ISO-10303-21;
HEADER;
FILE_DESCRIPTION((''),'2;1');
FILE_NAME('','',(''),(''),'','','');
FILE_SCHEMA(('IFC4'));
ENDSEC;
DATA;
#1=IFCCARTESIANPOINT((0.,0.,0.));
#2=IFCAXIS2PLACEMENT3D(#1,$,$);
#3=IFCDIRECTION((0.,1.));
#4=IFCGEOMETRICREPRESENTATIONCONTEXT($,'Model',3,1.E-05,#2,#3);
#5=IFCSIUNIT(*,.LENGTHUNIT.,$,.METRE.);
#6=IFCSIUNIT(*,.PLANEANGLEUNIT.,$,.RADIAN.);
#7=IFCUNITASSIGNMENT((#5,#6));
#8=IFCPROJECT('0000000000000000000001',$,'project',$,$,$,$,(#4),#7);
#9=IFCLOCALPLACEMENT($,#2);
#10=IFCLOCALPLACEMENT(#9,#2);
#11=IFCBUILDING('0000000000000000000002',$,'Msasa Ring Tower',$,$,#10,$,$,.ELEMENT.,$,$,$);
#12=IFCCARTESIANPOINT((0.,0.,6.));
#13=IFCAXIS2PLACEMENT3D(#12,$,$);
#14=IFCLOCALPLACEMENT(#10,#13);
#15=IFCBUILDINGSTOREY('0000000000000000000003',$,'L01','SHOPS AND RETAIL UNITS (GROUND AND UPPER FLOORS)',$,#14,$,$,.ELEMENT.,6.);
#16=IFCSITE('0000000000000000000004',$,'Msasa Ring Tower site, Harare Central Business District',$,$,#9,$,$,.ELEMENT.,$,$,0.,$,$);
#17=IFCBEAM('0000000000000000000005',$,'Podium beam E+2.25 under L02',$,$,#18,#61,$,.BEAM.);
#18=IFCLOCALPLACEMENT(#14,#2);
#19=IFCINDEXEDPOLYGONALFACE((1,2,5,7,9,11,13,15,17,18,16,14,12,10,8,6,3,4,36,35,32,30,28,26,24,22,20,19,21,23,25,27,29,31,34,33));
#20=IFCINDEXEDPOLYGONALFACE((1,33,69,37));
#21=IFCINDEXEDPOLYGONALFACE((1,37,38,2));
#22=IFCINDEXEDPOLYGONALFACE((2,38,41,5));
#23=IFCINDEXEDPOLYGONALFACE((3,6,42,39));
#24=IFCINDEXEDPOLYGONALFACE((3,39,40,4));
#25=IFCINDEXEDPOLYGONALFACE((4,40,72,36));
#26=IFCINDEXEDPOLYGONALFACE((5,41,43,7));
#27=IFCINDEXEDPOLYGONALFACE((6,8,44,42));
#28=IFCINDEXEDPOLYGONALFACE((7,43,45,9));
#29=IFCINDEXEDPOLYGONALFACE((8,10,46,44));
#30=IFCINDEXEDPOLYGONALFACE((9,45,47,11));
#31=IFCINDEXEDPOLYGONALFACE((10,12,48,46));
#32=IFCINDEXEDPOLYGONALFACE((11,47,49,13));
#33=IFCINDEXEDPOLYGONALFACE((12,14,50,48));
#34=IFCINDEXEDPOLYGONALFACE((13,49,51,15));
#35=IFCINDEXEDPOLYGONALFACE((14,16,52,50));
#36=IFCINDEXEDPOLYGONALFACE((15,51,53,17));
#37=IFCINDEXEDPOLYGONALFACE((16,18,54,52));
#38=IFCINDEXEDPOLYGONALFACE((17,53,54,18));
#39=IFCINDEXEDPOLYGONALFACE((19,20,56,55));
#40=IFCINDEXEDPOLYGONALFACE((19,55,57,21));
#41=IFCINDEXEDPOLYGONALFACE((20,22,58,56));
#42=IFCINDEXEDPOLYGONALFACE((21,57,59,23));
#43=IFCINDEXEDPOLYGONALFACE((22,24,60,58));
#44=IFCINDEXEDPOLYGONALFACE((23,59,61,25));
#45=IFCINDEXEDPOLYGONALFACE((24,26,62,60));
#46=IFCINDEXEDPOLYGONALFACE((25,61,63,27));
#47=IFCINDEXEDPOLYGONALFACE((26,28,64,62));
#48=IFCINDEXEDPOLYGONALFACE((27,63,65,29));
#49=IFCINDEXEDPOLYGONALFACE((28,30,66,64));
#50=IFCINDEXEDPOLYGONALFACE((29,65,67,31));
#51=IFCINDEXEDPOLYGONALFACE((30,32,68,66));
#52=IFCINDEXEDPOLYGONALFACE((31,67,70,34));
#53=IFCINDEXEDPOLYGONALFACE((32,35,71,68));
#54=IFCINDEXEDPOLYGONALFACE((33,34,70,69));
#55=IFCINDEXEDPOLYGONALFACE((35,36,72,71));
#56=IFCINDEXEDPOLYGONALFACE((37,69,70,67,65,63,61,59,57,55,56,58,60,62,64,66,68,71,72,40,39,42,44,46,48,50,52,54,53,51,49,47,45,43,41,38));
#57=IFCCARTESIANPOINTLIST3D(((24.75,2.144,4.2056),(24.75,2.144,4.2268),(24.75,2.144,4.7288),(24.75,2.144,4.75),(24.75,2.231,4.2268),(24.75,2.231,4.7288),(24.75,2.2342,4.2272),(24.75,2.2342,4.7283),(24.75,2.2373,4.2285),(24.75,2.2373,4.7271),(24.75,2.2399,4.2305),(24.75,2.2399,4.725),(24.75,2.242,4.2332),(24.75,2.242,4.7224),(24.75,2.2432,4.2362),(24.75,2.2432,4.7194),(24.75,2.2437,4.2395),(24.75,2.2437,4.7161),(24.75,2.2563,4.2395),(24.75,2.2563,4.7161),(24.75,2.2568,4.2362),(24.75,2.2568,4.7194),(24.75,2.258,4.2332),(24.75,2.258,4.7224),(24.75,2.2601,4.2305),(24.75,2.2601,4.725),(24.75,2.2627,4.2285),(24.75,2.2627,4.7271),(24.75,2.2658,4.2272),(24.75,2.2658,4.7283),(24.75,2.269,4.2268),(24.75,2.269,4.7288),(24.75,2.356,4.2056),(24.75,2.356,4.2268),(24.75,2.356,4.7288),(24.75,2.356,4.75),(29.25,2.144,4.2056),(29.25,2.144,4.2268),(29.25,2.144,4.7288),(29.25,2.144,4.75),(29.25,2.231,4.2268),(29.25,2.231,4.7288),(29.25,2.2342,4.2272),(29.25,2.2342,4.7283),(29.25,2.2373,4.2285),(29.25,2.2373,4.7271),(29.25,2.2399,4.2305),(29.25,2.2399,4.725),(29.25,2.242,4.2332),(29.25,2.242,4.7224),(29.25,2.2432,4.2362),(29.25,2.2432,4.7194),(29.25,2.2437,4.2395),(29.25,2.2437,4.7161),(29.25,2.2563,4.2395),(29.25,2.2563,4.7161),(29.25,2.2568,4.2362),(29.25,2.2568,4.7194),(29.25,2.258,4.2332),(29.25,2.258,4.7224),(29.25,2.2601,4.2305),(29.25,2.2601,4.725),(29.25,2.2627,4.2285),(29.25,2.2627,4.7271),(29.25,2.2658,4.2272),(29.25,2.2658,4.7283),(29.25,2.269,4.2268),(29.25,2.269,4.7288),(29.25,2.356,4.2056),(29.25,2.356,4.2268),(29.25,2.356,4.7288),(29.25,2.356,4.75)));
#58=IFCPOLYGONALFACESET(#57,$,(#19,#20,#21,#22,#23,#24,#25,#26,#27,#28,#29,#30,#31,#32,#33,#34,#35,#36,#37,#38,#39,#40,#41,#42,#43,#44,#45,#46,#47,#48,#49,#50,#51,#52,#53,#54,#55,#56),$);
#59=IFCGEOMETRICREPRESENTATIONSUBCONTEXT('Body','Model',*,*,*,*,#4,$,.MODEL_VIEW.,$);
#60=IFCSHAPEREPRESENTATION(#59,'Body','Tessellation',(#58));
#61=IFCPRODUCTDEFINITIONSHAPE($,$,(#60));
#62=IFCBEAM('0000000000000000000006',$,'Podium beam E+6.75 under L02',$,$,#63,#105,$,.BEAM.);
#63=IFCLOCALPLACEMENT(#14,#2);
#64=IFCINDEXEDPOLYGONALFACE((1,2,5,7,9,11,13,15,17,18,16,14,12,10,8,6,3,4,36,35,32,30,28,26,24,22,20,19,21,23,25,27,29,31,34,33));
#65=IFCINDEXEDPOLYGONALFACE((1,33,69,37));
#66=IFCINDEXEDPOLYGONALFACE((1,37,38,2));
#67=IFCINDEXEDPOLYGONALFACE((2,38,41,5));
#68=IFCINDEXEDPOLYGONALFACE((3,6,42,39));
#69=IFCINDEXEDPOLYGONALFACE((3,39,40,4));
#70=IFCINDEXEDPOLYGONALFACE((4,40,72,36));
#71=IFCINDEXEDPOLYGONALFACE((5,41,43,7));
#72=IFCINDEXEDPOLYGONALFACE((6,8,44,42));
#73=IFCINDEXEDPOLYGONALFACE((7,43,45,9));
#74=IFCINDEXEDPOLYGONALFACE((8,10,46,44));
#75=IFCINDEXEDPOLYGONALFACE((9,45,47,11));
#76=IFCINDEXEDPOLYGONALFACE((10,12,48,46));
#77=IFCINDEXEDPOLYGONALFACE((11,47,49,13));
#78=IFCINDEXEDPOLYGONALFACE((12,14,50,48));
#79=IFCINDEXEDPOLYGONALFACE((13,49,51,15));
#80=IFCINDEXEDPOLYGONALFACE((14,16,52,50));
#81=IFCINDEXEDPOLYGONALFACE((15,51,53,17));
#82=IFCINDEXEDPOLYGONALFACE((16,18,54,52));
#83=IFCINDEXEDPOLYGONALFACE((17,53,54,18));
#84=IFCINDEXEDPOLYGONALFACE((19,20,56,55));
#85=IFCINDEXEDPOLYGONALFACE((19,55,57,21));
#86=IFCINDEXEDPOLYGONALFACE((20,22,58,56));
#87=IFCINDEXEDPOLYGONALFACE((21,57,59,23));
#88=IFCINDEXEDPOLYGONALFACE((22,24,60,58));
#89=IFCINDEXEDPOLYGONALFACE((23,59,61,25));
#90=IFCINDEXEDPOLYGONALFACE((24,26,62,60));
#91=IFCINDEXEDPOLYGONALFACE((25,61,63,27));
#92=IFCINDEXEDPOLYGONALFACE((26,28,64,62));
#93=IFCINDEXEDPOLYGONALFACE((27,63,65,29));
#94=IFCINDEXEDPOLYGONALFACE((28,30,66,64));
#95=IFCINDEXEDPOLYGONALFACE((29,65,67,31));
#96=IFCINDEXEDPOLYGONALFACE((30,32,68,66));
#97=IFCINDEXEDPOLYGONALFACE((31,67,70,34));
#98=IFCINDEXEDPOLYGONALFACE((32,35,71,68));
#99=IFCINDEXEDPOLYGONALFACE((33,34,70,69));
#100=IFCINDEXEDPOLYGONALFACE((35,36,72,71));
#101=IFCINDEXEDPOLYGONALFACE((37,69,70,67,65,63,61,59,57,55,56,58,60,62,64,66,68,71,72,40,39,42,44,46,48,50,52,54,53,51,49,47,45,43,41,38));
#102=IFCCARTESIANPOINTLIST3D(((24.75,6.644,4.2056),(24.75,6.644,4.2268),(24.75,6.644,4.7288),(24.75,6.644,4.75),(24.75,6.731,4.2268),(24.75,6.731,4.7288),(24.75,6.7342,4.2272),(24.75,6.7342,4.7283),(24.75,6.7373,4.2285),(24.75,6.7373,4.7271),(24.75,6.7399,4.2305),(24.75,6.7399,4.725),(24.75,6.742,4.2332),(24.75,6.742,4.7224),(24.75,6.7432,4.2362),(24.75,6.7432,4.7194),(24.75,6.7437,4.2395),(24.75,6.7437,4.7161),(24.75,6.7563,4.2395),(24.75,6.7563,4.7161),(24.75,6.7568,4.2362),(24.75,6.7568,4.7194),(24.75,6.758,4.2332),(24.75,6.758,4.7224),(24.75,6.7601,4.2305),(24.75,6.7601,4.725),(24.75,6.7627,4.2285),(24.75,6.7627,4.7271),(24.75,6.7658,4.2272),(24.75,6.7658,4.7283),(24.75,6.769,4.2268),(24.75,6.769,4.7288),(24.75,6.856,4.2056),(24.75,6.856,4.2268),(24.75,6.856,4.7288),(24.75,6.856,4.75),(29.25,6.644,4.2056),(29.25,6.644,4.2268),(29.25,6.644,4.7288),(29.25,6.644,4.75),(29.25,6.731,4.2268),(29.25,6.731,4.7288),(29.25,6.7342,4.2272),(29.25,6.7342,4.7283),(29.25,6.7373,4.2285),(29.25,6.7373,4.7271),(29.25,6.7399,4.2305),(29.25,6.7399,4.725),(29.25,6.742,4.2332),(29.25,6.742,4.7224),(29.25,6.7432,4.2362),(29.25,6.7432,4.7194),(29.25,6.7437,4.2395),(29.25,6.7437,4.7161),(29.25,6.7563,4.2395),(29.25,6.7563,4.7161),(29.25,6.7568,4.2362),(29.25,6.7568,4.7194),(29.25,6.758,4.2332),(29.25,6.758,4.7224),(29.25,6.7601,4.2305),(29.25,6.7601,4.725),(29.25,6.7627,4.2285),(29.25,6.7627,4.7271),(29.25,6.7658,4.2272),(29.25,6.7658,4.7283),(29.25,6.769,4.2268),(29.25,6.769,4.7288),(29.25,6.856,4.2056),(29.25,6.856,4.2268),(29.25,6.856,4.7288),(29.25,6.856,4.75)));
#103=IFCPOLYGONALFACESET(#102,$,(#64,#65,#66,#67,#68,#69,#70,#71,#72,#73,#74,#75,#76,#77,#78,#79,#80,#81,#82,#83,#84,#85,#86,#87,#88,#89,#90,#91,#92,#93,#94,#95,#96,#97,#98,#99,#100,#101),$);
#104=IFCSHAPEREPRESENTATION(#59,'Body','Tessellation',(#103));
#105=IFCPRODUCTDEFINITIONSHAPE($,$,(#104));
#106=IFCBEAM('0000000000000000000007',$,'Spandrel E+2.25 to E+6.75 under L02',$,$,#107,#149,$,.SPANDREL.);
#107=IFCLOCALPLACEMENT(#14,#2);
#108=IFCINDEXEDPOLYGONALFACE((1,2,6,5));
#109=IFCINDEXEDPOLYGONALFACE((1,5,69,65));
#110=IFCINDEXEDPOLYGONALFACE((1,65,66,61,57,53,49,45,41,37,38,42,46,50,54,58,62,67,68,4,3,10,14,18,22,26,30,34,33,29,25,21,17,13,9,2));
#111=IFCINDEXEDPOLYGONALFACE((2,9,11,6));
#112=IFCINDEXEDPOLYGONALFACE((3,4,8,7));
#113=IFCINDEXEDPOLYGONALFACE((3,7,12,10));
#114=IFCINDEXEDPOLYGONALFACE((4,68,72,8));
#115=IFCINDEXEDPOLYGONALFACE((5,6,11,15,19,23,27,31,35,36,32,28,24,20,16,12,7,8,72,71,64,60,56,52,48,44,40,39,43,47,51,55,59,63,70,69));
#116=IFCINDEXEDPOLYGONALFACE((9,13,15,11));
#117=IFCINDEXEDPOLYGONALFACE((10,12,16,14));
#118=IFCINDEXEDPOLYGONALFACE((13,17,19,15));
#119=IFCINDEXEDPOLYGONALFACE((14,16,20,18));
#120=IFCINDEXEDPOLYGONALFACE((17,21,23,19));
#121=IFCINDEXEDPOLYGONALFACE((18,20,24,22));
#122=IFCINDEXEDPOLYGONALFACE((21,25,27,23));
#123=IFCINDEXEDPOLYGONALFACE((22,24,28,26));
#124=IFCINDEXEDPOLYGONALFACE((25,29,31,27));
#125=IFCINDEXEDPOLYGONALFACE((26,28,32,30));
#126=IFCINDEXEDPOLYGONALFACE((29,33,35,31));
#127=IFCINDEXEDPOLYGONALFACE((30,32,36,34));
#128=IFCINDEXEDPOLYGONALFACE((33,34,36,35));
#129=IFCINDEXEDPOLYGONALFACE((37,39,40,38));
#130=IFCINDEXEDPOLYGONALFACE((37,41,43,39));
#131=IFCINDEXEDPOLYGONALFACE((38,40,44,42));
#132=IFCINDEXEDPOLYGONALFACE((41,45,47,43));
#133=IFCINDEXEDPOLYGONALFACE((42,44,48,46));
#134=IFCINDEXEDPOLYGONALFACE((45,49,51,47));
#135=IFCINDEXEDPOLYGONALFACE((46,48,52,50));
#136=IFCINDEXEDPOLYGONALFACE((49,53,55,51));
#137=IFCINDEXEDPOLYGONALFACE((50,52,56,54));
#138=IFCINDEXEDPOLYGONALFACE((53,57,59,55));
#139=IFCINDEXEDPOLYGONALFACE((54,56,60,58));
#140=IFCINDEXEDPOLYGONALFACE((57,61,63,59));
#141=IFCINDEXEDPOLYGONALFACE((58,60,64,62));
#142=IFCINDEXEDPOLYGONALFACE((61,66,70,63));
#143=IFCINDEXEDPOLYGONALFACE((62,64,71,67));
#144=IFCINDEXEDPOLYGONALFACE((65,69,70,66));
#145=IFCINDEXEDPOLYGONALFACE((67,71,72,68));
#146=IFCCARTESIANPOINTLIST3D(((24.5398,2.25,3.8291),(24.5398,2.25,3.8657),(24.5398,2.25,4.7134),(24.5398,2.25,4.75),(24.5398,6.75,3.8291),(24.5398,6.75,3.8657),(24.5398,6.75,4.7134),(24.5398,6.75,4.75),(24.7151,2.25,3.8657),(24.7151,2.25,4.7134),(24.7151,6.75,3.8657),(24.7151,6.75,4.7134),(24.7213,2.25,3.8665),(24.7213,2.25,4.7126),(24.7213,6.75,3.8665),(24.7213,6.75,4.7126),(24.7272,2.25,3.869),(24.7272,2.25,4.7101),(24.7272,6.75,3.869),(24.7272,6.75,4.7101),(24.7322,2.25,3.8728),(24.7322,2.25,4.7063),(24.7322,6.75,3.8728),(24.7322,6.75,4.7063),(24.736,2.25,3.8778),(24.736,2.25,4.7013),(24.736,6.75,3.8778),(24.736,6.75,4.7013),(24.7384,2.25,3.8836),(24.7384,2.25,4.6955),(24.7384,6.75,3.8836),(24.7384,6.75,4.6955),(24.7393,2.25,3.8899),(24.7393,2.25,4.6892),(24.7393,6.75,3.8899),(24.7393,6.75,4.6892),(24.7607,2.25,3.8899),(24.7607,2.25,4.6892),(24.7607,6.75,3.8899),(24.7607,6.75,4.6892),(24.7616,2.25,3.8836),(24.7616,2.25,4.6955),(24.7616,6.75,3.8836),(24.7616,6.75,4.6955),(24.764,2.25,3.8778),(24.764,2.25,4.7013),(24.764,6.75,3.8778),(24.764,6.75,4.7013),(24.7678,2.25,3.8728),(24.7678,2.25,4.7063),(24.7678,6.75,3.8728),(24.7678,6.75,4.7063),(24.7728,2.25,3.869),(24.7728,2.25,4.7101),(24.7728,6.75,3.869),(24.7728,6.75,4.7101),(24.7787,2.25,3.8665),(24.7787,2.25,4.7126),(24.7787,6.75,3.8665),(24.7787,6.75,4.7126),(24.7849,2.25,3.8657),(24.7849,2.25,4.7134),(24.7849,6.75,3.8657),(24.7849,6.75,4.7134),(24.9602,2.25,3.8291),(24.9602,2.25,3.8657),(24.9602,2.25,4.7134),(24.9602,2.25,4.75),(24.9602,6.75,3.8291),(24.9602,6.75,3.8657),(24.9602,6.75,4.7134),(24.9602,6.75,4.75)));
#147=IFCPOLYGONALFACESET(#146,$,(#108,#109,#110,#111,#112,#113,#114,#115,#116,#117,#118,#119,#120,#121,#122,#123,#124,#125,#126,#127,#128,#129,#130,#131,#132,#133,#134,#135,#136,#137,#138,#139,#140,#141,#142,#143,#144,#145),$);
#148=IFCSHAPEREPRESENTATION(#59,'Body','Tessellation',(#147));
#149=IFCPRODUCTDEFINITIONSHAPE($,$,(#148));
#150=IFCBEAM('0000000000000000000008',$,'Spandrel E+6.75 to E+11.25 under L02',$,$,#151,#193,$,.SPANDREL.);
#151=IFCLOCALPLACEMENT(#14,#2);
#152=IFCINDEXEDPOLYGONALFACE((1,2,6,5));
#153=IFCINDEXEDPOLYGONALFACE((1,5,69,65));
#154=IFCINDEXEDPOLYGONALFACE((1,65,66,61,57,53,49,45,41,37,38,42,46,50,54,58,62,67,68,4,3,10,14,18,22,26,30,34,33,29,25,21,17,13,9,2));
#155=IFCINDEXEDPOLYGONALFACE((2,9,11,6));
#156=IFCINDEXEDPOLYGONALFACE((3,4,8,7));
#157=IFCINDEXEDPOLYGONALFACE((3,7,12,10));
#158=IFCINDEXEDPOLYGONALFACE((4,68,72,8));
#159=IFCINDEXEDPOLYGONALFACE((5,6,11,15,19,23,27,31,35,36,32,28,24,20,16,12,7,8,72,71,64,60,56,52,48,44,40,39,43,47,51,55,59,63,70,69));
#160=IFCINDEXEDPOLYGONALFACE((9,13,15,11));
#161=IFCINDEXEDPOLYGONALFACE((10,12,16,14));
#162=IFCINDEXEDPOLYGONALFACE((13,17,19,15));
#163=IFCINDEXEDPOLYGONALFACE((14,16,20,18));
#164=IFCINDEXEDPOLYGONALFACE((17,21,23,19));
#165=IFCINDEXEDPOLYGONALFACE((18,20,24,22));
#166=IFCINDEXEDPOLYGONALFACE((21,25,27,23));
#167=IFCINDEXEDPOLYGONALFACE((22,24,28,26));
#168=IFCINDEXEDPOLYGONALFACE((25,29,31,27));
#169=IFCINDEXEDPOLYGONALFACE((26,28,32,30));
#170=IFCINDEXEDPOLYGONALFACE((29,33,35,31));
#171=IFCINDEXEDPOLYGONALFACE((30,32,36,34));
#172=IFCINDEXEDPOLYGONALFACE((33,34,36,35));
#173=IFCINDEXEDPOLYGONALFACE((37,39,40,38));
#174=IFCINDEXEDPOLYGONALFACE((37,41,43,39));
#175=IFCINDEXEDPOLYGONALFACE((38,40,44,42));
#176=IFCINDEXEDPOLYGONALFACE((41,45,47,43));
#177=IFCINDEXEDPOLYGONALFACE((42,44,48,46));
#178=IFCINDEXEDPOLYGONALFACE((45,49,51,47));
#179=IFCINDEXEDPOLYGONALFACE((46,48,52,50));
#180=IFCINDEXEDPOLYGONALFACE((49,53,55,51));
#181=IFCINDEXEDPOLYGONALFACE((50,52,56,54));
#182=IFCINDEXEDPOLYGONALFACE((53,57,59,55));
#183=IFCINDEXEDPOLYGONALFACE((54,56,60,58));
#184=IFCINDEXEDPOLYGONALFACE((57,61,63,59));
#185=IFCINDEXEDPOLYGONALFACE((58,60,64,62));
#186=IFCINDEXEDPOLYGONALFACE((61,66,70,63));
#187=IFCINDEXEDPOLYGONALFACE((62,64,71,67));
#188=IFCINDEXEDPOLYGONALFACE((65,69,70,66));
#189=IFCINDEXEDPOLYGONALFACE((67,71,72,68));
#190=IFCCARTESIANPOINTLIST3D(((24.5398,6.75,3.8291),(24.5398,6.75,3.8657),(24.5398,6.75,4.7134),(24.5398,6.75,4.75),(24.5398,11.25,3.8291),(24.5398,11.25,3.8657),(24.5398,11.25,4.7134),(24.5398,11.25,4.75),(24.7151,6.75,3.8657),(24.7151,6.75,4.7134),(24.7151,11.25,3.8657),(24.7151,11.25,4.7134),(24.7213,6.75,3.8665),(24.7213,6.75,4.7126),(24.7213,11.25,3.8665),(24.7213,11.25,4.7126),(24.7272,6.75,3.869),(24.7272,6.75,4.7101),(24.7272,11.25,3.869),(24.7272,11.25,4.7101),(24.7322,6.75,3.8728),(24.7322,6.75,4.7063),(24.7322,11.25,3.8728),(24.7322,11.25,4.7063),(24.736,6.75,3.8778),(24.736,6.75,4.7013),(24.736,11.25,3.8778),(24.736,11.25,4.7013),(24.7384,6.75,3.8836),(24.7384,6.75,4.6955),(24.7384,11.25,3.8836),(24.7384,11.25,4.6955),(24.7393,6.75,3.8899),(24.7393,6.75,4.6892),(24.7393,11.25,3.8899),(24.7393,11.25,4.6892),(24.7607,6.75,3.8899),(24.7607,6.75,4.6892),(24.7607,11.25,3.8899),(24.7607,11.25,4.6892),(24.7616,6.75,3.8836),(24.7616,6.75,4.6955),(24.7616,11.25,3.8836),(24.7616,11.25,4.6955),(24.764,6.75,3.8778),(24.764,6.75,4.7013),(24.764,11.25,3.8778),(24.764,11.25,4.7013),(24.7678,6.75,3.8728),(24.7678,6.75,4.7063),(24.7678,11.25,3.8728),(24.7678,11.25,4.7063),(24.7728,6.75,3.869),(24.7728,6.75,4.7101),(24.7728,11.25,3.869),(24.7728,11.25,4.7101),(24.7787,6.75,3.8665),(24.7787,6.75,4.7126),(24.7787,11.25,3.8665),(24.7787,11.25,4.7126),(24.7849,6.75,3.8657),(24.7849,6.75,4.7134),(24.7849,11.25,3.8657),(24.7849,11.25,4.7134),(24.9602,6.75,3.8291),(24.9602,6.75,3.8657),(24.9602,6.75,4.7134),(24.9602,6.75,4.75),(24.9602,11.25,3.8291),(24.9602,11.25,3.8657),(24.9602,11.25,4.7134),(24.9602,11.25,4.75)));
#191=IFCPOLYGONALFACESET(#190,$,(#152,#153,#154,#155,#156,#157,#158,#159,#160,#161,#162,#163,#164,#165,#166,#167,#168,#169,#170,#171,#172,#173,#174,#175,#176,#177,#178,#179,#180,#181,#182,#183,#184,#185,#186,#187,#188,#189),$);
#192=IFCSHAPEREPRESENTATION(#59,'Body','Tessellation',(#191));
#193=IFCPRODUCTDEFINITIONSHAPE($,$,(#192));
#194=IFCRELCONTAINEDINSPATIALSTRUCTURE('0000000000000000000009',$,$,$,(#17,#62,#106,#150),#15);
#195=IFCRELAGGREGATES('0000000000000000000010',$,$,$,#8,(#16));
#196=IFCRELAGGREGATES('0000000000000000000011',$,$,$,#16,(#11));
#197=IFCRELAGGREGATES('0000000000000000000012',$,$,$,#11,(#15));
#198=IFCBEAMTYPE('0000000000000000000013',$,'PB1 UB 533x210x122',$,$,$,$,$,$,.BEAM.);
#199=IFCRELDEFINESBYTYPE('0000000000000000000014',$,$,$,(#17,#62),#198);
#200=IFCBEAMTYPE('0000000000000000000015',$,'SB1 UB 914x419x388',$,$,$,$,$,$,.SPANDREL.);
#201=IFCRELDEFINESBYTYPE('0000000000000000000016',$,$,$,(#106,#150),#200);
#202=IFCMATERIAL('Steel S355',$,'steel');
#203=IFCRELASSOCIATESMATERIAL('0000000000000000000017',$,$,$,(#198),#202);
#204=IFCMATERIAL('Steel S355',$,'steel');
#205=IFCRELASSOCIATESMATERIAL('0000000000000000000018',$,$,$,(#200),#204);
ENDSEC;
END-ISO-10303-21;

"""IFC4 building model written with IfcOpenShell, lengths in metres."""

from ifc_helpers import new_model, si_unit, direction, frame, origin, origin_2d, place, context, subcontext, project, spatial, i_section, extrude, material, material_profile, profile_set, type_object, element, save


model = new_model("IFC4")

# Units and contexts
model_context = context("Model", 3, precision=1e-05, world=origin(), true_north=direction((0.0, 1.0)))
body_context = subcontext(model_context, "Body", "Model", "MODEL_VIEW")
ifc_project = project(units=[si_unit("LENGTHUNIT", "METRE"), si_unit("PLANEANGLEUNIT", "RADIAN")], contexts=[model_context])

# Site, building, storey
site_placement = place(None, origin())
site = spatial("IfcSite", under=ifc_project, at=site_placement, Name="Msasa Ring Tower site, Harare Central Business District", CompositionType="ELEMENT", RefElevation=0.0)
building_placement = place(site_placement, origin())
building = spatial("IfcBuilding", under=site, at=building_placement, Name="Msasa Ring Tower", CompositionType="ELEMENT")
storey_placement = place(building_placement, frame((0.0, 0.0, 6.0)))
storey = spatial("IfcBuildingStorey", under=building, at=storey_placement, Name="L01", Description="SHOPS AND RETAIL UNITS (GROUND AND UPPER FLOORS)", CompositionType="ELEMENT", Elevation=6.0)

# Beams
ifc_material_1 = material(Name="Steel S355", Category="steel")
ifc_material_profile_1 = material_profile(ifc_material_1, i_section(OverallWidth=0.2119, OverallDepth=0.5444, WebThickness=0.0127, FlangeThickness=0.0212, FilletRadius=0.0127, at=origin_2d()), Name="UB 533x210x122")
ifc_profile_set_1 = profile_set([ifc_material_profile_1], Name="Steel S355")
beam_type_1 = type_object("IfcBeamType", Name="PB1 UB 533x210x122", PredefinedType="BEAM", material=ifc_profile_set_1)
for number, where, z_axis, x_axis, name in (
    (1, (29.25, 2.25, 4.4778), (-1.0, 0.0, 0.0), (0.0, -1.0, 0.0), "Podium beam E+2.25 under L02"),
    (2, (29.25, 6.75, 4.4778), (-1.0, 0.0, 0.0), (0.0, -1.0, 0.0), "Podium beam E+6.75 under L02"),
):
    element("IfcBeam", number, at=place(storey_placement, frame(where, z_axis=z_axis, x_axis=x_axis)), inside=storey, type_object=beam_type_1, Name=name, PredefinedType="BEAM", context=body_context, shape_type="SweptSolid", body=[
        extrude(i_section(OverallWidth=0.2119, OverallDepth=0.5444, WebThickness=0.0127, FlangeThickness=0.0212, FilletRadius=0.0127, at=origin_2d()), origin(), (0.0, 0.0, 1.0), 4.5),
    ])
ifc_material_2 = material(Name="Steel S355", Category="steel")
ifc_material_profile_2 = material_profile(ifc_material_2, i_section(OverallWidth=0.4204, OverallDepth=0.9209, WebThickness=0.0215, FlangeThickness=0.0366, FilletRadius=0.0242, at=origin_2d()), Name="UB 914x419x388")
ifc_profile_set_2 = profile_set([ifc_material_profile_2], Name="Steel S355")
beam_type_2 = type_object("IfcBeamType", Name="SB1 UB 914x419x388", PredefinedType="SPANDREL", material=ifc_profile_set_2)
for number, where, z_axis, x_axis, name in (
    (3, (24.75, 2.25, 4.2896), (0.0, 1.0, 0.0), (-1.0, 0.0, 0.0), "Spandrel E+2.25 to E+6.75 under L02"),
    (4, (24.75, 6.75, 4.2896), (0.0, 1.0, 0.0), (-1.0, 0.0, 0.0), "Spandrel E+6.75 to E+11.25 under L02"),
):
    element("IfcBeam", number, at=place(storey_placement, frame(where, z_axis=z_axis, x_axis=x_axis)), inside=storey, type_object=beam_type_2, Name=name, PredefinedType="SPANDREL", context=body_context, shape_type="SweptSolid", body=[
        extrude(i_section(OverallWidth=0.4204, OverallDepth=0.9209, WebThickness=0.0215, FlangeThickness=0.0366, FilletRadius=0.0242, at=origin_2d()), origin(), (0.0, 0.0, 1.0), 4.5),
    ])

save(model, "model.ifc")
